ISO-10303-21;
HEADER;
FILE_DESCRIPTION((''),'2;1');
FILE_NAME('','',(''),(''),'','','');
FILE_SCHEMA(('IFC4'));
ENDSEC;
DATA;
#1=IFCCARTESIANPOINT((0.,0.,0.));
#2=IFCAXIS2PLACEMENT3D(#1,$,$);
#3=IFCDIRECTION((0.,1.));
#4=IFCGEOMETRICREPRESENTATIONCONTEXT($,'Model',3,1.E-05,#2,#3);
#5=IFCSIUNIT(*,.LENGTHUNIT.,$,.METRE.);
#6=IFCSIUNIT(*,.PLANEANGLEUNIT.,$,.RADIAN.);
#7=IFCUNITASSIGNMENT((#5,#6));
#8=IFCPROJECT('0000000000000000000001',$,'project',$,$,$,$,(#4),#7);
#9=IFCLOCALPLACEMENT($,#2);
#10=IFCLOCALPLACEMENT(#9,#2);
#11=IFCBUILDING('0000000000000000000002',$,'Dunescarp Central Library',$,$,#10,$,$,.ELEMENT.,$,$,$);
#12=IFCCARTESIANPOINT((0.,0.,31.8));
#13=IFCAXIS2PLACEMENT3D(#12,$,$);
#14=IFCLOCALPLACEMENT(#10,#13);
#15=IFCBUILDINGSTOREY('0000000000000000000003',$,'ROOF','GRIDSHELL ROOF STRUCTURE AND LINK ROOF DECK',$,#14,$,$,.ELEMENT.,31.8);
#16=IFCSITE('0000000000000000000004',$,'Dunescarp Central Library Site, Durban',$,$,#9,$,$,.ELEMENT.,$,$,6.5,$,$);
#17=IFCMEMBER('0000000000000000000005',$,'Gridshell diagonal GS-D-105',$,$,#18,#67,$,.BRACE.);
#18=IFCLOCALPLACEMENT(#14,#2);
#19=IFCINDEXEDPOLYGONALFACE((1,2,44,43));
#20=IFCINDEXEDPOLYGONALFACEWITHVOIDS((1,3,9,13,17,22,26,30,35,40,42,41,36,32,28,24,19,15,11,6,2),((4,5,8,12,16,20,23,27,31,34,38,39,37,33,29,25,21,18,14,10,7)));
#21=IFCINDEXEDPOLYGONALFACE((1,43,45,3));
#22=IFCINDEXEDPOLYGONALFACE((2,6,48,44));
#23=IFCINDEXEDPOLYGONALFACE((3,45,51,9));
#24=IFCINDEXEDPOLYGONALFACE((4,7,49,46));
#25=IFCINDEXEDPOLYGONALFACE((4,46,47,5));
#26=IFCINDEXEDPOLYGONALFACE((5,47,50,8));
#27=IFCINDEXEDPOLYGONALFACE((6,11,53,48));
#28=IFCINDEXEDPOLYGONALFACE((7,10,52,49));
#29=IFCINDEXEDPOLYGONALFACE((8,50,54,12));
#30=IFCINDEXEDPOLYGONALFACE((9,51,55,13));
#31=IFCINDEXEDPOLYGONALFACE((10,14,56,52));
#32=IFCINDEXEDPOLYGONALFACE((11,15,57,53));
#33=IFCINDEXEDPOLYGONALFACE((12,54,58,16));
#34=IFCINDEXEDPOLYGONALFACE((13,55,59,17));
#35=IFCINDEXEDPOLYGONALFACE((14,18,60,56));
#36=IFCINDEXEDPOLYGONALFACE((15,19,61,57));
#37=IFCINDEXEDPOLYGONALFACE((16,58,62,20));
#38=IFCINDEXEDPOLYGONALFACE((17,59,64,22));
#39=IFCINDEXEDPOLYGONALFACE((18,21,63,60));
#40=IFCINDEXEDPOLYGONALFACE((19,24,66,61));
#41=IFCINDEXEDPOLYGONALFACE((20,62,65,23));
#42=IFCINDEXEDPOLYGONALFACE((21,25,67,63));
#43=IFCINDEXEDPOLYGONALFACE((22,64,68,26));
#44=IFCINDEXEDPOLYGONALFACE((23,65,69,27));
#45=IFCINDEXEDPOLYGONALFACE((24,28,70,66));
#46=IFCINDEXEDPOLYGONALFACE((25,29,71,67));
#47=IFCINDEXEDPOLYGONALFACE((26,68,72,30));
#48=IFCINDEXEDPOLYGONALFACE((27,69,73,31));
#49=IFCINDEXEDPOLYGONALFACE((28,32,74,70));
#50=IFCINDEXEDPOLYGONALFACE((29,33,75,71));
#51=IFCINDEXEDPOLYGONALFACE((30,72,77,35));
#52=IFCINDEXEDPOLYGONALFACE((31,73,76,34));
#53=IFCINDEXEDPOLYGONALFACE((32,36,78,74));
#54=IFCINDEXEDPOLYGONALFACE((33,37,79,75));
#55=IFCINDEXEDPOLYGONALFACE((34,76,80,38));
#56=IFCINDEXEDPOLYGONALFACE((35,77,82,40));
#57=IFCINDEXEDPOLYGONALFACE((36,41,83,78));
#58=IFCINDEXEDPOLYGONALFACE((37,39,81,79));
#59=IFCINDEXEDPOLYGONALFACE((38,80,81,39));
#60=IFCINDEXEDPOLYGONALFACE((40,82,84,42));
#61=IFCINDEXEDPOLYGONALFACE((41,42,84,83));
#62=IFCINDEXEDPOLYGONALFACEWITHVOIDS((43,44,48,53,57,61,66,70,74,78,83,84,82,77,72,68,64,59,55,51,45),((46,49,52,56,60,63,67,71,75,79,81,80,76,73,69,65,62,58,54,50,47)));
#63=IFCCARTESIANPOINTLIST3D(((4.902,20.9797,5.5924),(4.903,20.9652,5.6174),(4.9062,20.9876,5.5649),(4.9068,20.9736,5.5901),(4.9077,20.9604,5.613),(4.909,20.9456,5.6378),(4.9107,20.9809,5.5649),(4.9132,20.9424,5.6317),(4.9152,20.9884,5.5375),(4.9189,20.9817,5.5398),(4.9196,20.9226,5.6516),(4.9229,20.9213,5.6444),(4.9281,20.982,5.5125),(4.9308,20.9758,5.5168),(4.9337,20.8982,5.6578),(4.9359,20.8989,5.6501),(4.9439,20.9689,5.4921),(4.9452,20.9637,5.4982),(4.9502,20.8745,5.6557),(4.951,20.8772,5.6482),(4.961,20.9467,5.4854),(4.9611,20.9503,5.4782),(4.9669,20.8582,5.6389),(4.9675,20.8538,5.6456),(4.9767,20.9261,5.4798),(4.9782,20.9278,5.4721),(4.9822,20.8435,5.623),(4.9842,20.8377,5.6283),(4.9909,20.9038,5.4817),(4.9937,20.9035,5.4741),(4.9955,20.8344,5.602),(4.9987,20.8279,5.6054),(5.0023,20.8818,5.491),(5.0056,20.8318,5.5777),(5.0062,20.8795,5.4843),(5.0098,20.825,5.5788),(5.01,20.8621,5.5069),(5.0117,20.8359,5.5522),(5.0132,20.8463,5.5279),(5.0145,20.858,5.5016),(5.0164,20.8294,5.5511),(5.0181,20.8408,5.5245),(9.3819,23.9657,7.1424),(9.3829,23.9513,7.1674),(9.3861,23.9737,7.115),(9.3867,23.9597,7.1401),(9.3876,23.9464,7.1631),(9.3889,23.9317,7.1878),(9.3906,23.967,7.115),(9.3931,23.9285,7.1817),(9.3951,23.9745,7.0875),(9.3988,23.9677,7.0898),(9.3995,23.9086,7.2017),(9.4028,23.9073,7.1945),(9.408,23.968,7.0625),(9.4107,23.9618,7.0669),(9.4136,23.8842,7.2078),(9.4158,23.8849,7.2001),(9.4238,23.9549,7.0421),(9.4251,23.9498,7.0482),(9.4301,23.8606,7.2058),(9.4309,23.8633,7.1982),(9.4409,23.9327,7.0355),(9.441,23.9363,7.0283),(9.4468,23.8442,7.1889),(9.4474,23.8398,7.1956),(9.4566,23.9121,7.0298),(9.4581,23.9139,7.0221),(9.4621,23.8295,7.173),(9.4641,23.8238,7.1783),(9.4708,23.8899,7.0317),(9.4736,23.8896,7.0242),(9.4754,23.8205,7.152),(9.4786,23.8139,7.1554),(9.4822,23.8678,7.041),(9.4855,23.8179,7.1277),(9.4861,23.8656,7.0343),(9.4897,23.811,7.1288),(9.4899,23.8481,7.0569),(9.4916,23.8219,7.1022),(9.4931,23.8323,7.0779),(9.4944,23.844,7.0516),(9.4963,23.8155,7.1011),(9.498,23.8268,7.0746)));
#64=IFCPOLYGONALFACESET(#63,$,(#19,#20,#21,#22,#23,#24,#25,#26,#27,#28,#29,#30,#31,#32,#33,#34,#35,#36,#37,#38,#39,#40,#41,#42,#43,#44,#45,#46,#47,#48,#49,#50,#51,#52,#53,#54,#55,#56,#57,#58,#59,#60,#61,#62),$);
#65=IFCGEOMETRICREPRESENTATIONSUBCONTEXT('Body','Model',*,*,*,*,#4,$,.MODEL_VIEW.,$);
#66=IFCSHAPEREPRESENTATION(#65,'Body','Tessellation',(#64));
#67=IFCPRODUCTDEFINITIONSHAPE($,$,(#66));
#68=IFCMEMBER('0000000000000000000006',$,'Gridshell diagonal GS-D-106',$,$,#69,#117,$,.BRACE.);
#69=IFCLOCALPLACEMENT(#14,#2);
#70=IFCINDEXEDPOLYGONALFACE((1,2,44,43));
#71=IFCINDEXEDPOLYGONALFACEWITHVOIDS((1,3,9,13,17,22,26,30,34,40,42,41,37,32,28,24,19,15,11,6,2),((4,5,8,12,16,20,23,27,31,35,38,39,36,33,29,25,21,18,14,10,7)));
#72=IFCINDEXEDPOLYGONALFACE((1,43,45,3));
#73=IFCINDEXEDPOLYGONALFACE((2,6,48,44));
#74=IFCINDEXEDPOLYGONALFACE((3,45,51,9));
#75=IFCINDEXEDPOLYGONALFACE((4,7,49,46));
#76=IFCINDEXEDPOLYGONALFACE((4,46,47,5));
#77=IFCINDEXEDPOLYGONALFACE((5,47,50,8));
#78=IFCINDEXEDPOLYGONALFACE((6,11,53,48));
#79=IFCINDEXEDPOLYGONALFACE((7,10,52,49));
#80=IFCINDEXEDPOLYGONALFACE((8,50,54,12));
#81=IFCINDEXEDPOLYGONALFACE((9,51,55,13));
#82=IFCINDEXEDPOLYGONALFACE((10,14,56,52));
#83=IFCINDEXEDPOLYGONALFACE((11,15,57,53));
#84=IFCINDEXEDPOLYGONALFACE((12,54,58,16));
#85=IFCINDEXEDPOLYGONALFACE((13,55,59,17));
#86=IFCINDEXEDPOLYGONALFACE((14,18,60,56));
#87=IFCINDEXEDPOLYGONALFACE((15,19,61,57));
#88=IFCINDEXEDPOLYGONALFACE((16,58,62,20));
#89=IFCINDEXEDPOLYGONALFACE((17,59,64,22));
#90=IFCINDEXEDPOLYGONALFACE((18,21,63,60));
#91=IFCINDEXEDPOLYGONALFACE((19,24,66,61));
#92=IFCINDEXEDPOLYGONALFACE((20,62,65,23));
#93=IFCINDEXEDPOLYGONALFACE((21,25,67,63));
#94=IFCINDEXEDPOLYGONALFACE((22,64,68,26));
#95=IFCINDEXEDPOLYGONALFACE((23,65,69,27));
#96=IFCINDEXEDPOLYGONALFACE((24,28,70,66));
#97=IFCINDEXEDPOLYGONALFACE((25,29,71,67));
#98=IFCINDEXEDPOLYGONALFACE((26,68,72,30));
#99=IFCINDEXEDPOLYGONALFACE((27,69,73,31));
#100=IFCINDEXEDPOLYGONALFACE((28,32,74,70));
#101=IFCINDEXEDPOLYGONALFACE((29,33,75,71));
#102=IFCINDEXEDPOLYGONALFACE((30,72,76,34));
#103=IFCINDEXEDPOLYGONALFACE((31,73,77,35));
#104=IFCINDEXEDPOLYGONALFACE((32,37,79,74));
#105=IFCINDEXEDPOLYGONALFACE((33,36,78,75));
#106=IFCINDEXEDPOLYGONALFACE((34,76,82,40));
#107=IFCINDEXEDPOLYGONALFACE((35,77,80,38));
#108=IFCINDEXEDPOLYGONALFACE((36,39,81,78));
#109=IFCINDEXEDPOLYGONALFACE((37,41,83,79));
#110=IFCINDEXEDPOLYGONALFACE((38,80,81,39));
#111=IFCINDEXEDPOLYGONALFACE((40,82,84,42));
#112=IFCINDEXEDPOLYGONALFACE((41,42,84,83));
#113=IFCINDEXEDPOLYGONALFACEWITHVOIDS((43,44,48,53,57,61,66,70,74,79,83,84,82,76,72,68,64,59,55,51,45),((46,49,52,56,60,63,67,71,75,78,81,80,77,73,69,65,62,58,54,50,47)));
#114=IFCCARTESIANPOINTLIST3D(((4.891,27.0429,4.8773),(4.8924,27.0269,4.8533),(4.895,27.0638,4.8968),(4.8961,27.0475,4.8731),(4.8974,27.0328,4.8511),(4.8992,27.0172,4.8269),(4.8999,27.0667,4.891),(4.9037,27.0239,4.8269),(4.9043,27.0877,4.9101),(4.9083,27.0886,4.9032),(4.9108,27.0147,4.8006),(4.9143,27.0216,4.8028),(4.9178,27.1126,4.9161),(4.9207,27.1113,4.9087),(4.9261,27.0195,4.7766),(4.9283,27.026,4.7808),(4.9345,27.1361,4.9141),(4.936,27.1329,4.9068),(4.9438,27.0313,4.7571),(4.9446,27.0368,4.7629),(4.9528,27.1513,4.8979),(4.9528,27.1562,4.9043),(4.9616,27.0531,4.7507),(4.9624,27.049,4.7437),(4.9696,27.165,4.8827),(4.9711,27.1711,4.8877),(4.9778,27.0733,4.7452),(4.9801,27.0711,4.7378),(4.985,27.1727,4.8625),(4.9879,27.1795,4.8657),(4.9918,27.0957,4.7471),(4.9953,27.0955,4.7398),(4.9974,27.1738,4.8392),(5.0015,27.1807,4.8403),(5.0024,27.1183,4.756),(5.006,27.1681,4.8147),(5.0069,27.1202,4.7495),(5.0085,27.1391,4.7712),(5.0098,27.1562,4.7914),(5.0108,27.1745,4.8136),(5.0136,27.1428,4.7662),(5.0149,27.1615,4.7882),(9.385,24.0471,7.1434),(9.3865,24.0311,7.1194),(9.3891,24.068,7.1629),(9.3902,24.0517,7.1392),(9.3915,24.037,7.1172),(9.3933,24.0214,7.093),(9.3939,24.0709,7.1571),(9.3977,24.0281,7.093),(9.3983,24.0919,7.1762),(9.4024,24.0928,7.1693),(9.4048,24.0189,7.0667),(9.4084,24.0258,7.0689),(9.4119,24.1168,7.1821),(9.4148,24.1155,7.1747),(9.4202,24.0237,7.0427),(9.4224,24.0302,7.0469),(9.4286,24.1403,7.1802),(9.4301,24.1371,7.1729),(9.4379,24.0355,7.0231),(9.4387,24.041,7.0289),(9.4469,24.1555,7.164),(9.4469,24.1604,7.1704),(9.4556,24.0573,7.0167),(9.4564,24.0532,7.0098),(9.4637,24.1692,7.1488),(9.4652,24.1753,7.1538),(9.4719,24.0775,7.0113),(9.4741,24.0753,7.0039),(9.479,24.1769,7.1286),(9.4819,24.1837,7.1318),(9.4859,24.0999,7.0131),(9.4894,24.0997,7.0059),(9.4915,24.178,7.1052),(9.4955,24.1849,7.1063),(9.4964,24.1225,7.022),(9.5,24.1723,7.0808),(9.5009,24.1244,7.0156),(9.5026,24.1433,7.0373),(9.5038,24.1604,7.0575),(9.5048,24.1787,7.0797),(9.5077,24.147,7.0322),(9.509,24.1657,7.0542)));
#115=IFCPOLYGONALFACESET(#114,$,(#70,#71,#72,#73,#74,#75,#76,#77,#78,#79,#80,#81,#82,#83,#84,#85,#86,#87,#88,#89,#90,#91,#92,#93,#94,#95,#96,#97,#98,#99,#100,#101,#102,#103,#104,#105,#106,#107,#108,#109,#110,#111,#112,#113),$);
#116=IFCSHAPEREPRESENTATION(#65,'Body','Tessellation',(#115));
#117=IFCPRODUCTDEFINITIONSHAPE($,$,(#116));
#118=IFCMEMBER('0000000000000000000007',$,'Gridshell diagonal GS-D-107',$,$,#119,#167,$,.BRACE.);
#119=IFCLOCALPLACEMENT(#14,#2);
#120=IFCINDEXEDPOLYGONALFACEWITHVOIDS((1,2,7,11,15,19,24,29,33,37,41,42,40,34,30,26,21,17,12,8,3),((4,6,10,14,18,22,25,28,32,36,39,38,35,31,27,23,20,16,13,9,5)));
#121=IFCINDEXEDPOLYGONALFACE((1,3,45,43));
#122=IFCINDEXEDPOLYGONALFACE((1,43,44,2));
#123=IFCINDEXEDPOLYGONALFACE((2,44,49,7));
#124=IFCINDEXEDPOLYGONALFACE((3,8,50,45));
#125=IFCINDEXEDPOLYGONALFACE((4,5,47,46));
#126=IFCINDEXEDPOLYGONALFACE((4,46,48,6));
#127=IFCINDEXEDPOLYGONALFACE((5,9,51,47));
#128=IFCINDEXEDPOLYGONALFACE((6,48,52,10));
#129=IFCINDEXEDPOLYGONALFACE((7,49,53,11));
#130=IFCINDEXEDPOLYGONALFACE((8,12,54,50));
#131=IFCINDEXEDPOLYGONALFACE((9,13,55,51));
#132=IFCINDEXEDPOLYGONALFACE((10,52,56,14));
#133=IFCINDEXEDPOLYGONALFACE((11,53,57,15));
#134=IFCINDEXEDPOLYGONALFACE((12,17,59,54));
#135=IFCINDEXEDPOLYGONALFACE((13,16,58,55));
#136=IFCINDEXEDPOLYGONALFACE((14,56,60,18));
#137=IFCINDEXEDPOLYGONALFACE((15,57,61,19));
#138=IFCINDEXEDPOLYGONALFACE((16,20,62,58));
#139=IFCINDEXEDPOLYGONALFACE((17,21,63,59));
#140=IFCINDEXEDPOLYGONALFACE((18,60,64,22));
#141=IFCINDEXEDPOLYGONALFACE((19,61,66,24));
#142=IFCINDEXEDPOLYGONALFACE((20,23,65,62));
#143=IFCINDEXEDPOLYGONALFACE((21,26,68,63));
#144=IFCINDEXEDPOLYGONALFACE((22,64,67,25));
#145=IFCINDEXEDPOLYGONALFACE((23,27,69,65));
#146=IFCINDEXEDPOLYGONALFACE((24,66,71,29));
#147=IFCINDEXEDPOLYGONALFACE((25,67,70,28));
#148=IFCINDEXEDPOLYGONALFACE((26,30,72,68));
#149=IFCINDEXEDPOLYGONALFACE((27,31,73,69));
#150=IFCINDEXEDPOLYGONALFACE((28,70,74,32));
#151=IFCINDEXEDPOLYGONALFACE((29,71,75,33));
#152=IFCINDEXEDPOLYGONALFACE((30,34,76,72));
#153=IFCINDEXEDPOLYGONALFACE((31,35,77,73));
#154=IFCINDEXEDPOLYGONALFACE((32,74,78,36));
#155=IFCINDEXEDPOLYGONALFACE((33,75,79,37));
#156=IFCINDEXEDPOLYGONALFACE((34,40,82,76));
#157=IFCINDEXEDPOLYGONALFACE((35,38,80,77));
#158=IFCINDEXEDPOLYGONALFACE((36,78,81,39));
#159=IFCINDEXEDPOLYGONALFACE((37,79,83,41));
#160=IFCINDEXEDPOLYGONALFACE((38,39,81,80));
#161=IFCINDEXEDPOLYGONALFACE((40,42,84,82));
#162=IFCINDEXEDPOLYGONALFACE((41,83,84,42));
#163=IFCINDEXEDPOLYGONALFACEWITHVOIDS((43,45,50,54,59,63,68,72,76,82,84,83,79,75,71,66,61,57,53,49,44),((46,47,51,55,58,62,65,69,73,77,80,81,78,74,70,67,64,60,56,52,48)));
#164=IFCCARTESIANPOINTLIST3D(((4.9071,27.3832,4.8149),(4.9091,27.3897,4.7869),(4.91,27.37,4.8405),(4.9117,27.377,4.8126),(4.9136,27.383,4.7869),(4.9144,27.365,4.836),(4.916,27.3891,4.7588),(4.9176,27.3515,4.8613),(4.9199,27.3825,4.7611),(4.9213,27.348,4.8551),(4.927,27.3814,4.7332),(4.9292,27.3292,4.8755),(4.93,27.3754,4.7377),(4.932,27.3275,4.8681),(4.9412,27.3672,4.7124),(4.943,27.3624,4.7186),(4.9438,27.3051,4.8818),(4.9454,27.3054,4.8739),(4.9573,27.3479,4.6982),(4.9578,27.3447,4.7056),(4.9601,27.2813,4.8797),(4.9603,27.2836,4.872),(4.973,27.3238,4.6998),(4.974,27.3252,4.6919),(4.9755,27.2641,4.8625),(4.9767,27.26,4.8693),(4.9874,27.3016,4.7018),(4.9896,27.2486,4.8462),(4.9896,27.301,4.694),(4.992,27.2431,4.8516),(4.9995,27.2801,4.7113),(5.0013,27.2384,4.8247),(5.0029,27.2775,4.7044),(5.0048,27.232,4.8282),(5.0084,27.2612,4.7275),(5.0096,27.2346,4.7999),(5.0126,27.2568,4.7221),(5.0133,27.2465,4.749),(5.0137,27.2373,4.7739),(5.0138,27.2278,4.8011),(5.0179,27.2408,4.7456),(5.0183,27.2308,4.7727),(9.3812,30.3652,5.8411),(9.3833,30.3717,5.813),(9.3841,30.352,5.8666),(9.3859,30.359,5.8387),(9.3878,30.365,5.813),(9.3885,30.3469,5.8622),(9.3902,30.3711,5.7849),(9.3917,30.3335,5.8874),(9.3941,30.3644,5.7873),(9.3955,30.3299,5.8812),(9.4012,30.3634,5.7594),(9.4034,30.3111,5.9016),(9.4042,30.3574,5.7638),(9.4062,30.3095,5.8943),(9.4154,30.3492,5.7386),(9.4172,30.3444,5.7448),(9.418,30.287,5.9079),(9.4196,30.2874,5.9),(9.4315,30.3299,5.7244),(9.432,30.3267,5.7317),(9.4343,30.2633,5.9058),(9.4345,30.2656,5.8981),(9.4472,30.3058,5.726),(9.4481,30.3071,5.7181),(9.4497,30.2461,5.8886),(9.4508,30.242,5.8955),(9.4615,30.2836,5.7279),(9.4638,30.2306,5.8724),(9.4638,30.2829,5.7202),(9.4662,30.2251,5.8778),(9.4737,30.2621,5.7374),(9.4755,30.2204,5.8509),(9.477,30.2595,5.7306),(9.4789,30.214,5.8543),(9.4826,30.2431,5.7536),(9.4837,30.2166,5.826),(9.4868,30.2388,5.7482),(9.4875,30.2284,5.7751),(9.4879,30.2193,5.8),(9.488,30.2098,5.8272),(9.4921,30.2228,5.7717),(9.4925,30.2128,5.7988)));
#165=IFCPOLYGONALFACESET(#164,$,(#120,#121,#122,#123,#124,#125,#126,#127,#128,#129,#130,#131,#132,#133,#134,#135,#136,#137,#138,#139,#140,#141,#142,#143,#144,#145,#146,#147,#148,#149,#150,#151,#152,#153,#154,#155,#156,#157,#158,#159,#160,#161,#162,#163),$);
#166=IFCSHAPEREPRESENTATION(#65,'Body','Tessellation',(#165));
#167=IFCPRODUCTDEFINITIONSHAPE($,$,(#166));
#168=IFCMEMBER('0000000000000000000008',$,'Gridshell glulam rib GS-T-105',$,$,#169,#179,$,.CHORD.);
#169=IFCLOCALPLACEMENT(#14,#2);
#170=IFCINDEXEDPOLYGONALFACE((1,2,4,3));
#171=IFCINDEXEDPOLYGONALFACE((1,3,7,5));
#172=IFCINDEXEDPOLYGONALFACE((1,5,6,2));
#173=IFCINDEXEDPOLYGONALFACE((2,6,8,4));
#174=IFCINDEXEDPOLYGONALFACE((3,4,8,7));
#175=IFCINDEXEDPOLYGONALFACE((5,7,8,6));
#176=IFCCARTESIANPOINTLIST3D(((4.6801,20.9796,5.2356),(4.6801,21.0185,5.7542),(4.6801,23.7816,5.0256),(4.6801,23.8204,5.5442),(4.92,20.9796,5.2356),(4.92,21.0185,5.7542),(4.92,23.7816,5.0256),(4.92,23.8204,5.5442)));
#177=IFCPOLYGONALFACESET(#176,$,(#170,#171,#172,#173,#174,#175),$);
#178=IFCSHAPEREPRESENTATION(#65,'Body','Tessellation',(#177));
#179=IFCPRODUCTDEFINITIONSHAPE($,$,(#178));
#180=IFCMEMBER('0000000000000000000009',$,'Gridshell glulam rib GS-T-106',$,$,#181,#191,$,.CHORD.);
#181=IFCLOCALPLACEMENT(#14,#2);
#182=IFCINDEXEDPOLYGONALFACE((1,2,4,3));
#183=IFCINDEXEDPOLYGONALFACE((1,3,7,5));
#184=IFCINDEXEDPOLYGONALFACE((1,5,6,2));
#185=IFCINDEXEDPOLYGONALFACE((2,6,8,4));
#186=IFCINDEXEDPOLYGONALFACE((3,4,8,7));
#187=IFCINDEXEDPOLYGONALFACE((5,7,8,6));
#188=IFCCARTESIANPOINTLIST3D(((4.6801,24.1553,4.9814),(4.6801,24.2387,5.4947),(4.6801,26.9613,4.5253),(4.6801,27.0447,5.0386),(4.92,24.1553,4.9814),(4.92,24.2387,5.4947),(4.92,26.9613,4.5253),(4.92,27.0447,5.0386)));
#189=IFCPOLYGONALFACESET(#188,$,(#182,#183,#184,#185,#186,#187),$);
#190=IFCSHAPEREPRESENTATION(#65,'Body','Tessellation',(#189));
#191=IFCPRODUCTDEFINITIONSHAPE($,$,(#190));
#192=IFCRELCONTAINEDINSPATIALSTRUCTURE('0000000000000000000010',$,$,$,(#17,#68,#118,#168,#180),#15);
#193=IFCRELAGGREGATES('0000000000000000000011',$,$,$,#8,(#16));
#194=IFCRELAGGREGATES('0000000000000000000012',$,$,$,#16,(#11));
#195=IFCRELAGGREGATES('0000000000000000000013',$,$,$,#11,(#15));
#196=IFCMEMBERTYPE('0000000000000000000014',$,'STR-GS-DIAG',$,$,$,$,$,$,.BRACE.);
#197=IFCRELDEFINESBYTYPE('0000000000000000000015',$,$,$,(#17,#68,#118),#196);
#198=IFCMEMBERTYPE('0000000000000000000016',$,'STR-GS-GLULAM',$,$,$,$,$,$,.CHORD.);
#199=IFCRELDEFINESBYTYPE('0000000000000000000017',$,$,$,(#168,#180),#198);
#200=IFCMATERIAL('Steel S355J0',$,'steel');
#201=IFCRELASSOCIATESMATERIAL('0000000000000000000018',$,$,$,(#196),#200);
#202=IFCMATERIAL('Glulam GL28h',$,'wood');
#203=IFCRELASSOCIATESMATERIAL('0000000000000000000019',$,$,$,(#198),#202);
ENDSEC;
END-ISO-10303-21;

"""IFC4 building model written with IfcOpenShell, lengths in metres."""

from ifc_helpers import new_model, si_unit, direction, frame, origin, origin_2d, place, context, subcontext, project, spatial, rectangle, hollow_circle, extrude, material, material_profile, profile_set, type_object, element, save


model = new_model("IFC4")

# Units and contexts
model_context = context("Model", 3, precision=1e-05, world=origin(), true_north=direction((0.0, 1.0)))
body_context = subcontext(model_context, "Body", "Model", "MODEL_VIEW")
ifc_project = project(units=[si_unit("LENGTHUNIT", "METRE"), si_unit("PLANEANGLEUNIT", "RADIAN")], contexts=[model_context])

# Site, building, storey
site_placement = place(None, origin())
site = spatial("IfcSite", under=ifc_project, at=site_placement, Name="Dunescarp Central Library Site, Durban", CompositionType="ELEMENT", RefElevation=6.5)
building_placement = place(site_placement, origin())
building = spatial("IfcBuilding", under=site, at=building_placement, Name="Dunescarp Central Library", CompositionType="ELEMENT")
storey_placement = place(building_placement, frame((0.0, 0.0, 31.8)))
storey = spatial("IfcBuildingStorey", under=building, at=storey_placement, Name="ROOF", Description="GRIDSHELL ROOF STRUCTURE AND LINK ROOF DECK", CompositionType="ELEMENT", Elevation=31.8)

# Members
ifc_material_1 = material(Name="Steel S355J0", Category="steel")
ifc_material_profile_1 = material_profile(ifc_material_1, hollow_circle(Radius=0.0969, WallThickness=0.0081, at=origin_2d()), Name="CHS 193.7x8")
ifc_profile_set_1 = profile_set([ifc_material_profile_1], Name="Steel S355J0")
member_type_1 = type_object("IfcMemberType", Name="STR-GS-DIAG", PredefinedType="BRACE", material=ifc_profile_set_1)
member_1_placement = place(storey_placement, frame((4.96, 20.907, 5.5649), z_axis=(0.79962, 0.532978, 0.276664), x_axis=(-0.554627, 0.832099, 0.0)))
element("IfcMember", 1, at=member_1_placement, inside=storey, type_object=member_type_1, Name="Gridshell diagonal GS-D-105", PredefinedType="BRACE", context=body_context, shape_type="SweptSolid", body=[
    extrude(hollow_circle(Radius=0.0969, WallThickness=0.0081, at=origin_2d()), origin(), (0.0, 0.0, 1.0), 5.6025),
])
member_2_placement = place(storey_placement, frame((9.447, 24.1021, 7.093), z_axis=(-0.767275, 0.511475, -0.386889), x_axis=(-0.554669, -0.832071, 0.0)))
element("IfcMember", 2, at=member_2_placement, inside=storey, type_object=member_type_1, Name="Gridshell diagonal GS-D-106", PredefinedType="BRACE", context=body_context, shape_type="SweptSolid", body=[
    extrude(hollow_circle(Radius=0.0969, WallThickness=0.0081, at=origin_2d()), origin(), (0.0, 0.0, 1.0), 5.8572),
])
member_3_placement = place(storey_placement, frame((4.9629, 27.3091, 4.7869), z_axis=(0.817368, 0.544764, 0.18746), x_axis=(-0.554595, 0.83212, 0.0)))
element("IfcMember", 3, at=member_3_placement, inside=storey, type_object=member_type_1, Name="Gridshell diagonal GS-D-107", PredefinedType="BRACE", context=body_context, shape_type="SweptSolid", body=[
    extrude(hollow_circle(Radius=0.0969, WallThickness=0.0081, at=origin_2d()), origin(), (0.0, 0.0, 1.0), 5.4739),
])
ifc_material_2 = material(Name="Glulam GL28h", Category="wood")
ifc_material_profile_2 = material_profile(ifc_material_2, rectangle(XDim=0.24, YDim=0.52, at=origin_2d()), Name="GL28h 240x520")
ifc_profile_set_2 = profile_set([ifc_material_profile_2], Name="Glulam GL28h")
member_type_2 = type_object("IfcMemberType", Name="STR-GS-GLULAM", PredefinedType="CHORD", material=ifc_profile_set_2)
member_4_placement = place(storey_placement, frame((4.8, 20.999, 5.4949), z_axis=(0.0, 0.997204, -0.074723), x_axis=(-1.0, 0.0, 0.0)))
element("IfcMember", 4, at=member_4_placement, inside=storey, type_object=member_type_2, Name="Gridshell glulam rib GS-T-105", PredefinedType="CHORD", context=body_context, shape_type="SweptSolid", body=[
    extrude(rectangle(XDim=0.24, YDim=0.52, at=origin_2d()), origin(), (0.0, 0.0, 1.0), 2.8098),
])
member_5_placement = place(storey_placement, frame((4.8, 24.197, 5.238), z_axis=(0.0, 0.987047, -0.160428), x_axis=(-1.0, 0.0, 0.0)))
element("IfcMember", 5, at=member_5_placement, inside=storey, type_object=member_type_2, Name="Gridshell glulam rib GS-T-106", PredefinedType="CHORD", context=body_context, shape_type="SweptSolid", body=[
    extrude(rectangle(XDim=0.24, YDim=0.52, at=origin_2d()), origin(), (0.0, 0.0, 1.0), 2.8428),
])

save(model, "model.ifc")
